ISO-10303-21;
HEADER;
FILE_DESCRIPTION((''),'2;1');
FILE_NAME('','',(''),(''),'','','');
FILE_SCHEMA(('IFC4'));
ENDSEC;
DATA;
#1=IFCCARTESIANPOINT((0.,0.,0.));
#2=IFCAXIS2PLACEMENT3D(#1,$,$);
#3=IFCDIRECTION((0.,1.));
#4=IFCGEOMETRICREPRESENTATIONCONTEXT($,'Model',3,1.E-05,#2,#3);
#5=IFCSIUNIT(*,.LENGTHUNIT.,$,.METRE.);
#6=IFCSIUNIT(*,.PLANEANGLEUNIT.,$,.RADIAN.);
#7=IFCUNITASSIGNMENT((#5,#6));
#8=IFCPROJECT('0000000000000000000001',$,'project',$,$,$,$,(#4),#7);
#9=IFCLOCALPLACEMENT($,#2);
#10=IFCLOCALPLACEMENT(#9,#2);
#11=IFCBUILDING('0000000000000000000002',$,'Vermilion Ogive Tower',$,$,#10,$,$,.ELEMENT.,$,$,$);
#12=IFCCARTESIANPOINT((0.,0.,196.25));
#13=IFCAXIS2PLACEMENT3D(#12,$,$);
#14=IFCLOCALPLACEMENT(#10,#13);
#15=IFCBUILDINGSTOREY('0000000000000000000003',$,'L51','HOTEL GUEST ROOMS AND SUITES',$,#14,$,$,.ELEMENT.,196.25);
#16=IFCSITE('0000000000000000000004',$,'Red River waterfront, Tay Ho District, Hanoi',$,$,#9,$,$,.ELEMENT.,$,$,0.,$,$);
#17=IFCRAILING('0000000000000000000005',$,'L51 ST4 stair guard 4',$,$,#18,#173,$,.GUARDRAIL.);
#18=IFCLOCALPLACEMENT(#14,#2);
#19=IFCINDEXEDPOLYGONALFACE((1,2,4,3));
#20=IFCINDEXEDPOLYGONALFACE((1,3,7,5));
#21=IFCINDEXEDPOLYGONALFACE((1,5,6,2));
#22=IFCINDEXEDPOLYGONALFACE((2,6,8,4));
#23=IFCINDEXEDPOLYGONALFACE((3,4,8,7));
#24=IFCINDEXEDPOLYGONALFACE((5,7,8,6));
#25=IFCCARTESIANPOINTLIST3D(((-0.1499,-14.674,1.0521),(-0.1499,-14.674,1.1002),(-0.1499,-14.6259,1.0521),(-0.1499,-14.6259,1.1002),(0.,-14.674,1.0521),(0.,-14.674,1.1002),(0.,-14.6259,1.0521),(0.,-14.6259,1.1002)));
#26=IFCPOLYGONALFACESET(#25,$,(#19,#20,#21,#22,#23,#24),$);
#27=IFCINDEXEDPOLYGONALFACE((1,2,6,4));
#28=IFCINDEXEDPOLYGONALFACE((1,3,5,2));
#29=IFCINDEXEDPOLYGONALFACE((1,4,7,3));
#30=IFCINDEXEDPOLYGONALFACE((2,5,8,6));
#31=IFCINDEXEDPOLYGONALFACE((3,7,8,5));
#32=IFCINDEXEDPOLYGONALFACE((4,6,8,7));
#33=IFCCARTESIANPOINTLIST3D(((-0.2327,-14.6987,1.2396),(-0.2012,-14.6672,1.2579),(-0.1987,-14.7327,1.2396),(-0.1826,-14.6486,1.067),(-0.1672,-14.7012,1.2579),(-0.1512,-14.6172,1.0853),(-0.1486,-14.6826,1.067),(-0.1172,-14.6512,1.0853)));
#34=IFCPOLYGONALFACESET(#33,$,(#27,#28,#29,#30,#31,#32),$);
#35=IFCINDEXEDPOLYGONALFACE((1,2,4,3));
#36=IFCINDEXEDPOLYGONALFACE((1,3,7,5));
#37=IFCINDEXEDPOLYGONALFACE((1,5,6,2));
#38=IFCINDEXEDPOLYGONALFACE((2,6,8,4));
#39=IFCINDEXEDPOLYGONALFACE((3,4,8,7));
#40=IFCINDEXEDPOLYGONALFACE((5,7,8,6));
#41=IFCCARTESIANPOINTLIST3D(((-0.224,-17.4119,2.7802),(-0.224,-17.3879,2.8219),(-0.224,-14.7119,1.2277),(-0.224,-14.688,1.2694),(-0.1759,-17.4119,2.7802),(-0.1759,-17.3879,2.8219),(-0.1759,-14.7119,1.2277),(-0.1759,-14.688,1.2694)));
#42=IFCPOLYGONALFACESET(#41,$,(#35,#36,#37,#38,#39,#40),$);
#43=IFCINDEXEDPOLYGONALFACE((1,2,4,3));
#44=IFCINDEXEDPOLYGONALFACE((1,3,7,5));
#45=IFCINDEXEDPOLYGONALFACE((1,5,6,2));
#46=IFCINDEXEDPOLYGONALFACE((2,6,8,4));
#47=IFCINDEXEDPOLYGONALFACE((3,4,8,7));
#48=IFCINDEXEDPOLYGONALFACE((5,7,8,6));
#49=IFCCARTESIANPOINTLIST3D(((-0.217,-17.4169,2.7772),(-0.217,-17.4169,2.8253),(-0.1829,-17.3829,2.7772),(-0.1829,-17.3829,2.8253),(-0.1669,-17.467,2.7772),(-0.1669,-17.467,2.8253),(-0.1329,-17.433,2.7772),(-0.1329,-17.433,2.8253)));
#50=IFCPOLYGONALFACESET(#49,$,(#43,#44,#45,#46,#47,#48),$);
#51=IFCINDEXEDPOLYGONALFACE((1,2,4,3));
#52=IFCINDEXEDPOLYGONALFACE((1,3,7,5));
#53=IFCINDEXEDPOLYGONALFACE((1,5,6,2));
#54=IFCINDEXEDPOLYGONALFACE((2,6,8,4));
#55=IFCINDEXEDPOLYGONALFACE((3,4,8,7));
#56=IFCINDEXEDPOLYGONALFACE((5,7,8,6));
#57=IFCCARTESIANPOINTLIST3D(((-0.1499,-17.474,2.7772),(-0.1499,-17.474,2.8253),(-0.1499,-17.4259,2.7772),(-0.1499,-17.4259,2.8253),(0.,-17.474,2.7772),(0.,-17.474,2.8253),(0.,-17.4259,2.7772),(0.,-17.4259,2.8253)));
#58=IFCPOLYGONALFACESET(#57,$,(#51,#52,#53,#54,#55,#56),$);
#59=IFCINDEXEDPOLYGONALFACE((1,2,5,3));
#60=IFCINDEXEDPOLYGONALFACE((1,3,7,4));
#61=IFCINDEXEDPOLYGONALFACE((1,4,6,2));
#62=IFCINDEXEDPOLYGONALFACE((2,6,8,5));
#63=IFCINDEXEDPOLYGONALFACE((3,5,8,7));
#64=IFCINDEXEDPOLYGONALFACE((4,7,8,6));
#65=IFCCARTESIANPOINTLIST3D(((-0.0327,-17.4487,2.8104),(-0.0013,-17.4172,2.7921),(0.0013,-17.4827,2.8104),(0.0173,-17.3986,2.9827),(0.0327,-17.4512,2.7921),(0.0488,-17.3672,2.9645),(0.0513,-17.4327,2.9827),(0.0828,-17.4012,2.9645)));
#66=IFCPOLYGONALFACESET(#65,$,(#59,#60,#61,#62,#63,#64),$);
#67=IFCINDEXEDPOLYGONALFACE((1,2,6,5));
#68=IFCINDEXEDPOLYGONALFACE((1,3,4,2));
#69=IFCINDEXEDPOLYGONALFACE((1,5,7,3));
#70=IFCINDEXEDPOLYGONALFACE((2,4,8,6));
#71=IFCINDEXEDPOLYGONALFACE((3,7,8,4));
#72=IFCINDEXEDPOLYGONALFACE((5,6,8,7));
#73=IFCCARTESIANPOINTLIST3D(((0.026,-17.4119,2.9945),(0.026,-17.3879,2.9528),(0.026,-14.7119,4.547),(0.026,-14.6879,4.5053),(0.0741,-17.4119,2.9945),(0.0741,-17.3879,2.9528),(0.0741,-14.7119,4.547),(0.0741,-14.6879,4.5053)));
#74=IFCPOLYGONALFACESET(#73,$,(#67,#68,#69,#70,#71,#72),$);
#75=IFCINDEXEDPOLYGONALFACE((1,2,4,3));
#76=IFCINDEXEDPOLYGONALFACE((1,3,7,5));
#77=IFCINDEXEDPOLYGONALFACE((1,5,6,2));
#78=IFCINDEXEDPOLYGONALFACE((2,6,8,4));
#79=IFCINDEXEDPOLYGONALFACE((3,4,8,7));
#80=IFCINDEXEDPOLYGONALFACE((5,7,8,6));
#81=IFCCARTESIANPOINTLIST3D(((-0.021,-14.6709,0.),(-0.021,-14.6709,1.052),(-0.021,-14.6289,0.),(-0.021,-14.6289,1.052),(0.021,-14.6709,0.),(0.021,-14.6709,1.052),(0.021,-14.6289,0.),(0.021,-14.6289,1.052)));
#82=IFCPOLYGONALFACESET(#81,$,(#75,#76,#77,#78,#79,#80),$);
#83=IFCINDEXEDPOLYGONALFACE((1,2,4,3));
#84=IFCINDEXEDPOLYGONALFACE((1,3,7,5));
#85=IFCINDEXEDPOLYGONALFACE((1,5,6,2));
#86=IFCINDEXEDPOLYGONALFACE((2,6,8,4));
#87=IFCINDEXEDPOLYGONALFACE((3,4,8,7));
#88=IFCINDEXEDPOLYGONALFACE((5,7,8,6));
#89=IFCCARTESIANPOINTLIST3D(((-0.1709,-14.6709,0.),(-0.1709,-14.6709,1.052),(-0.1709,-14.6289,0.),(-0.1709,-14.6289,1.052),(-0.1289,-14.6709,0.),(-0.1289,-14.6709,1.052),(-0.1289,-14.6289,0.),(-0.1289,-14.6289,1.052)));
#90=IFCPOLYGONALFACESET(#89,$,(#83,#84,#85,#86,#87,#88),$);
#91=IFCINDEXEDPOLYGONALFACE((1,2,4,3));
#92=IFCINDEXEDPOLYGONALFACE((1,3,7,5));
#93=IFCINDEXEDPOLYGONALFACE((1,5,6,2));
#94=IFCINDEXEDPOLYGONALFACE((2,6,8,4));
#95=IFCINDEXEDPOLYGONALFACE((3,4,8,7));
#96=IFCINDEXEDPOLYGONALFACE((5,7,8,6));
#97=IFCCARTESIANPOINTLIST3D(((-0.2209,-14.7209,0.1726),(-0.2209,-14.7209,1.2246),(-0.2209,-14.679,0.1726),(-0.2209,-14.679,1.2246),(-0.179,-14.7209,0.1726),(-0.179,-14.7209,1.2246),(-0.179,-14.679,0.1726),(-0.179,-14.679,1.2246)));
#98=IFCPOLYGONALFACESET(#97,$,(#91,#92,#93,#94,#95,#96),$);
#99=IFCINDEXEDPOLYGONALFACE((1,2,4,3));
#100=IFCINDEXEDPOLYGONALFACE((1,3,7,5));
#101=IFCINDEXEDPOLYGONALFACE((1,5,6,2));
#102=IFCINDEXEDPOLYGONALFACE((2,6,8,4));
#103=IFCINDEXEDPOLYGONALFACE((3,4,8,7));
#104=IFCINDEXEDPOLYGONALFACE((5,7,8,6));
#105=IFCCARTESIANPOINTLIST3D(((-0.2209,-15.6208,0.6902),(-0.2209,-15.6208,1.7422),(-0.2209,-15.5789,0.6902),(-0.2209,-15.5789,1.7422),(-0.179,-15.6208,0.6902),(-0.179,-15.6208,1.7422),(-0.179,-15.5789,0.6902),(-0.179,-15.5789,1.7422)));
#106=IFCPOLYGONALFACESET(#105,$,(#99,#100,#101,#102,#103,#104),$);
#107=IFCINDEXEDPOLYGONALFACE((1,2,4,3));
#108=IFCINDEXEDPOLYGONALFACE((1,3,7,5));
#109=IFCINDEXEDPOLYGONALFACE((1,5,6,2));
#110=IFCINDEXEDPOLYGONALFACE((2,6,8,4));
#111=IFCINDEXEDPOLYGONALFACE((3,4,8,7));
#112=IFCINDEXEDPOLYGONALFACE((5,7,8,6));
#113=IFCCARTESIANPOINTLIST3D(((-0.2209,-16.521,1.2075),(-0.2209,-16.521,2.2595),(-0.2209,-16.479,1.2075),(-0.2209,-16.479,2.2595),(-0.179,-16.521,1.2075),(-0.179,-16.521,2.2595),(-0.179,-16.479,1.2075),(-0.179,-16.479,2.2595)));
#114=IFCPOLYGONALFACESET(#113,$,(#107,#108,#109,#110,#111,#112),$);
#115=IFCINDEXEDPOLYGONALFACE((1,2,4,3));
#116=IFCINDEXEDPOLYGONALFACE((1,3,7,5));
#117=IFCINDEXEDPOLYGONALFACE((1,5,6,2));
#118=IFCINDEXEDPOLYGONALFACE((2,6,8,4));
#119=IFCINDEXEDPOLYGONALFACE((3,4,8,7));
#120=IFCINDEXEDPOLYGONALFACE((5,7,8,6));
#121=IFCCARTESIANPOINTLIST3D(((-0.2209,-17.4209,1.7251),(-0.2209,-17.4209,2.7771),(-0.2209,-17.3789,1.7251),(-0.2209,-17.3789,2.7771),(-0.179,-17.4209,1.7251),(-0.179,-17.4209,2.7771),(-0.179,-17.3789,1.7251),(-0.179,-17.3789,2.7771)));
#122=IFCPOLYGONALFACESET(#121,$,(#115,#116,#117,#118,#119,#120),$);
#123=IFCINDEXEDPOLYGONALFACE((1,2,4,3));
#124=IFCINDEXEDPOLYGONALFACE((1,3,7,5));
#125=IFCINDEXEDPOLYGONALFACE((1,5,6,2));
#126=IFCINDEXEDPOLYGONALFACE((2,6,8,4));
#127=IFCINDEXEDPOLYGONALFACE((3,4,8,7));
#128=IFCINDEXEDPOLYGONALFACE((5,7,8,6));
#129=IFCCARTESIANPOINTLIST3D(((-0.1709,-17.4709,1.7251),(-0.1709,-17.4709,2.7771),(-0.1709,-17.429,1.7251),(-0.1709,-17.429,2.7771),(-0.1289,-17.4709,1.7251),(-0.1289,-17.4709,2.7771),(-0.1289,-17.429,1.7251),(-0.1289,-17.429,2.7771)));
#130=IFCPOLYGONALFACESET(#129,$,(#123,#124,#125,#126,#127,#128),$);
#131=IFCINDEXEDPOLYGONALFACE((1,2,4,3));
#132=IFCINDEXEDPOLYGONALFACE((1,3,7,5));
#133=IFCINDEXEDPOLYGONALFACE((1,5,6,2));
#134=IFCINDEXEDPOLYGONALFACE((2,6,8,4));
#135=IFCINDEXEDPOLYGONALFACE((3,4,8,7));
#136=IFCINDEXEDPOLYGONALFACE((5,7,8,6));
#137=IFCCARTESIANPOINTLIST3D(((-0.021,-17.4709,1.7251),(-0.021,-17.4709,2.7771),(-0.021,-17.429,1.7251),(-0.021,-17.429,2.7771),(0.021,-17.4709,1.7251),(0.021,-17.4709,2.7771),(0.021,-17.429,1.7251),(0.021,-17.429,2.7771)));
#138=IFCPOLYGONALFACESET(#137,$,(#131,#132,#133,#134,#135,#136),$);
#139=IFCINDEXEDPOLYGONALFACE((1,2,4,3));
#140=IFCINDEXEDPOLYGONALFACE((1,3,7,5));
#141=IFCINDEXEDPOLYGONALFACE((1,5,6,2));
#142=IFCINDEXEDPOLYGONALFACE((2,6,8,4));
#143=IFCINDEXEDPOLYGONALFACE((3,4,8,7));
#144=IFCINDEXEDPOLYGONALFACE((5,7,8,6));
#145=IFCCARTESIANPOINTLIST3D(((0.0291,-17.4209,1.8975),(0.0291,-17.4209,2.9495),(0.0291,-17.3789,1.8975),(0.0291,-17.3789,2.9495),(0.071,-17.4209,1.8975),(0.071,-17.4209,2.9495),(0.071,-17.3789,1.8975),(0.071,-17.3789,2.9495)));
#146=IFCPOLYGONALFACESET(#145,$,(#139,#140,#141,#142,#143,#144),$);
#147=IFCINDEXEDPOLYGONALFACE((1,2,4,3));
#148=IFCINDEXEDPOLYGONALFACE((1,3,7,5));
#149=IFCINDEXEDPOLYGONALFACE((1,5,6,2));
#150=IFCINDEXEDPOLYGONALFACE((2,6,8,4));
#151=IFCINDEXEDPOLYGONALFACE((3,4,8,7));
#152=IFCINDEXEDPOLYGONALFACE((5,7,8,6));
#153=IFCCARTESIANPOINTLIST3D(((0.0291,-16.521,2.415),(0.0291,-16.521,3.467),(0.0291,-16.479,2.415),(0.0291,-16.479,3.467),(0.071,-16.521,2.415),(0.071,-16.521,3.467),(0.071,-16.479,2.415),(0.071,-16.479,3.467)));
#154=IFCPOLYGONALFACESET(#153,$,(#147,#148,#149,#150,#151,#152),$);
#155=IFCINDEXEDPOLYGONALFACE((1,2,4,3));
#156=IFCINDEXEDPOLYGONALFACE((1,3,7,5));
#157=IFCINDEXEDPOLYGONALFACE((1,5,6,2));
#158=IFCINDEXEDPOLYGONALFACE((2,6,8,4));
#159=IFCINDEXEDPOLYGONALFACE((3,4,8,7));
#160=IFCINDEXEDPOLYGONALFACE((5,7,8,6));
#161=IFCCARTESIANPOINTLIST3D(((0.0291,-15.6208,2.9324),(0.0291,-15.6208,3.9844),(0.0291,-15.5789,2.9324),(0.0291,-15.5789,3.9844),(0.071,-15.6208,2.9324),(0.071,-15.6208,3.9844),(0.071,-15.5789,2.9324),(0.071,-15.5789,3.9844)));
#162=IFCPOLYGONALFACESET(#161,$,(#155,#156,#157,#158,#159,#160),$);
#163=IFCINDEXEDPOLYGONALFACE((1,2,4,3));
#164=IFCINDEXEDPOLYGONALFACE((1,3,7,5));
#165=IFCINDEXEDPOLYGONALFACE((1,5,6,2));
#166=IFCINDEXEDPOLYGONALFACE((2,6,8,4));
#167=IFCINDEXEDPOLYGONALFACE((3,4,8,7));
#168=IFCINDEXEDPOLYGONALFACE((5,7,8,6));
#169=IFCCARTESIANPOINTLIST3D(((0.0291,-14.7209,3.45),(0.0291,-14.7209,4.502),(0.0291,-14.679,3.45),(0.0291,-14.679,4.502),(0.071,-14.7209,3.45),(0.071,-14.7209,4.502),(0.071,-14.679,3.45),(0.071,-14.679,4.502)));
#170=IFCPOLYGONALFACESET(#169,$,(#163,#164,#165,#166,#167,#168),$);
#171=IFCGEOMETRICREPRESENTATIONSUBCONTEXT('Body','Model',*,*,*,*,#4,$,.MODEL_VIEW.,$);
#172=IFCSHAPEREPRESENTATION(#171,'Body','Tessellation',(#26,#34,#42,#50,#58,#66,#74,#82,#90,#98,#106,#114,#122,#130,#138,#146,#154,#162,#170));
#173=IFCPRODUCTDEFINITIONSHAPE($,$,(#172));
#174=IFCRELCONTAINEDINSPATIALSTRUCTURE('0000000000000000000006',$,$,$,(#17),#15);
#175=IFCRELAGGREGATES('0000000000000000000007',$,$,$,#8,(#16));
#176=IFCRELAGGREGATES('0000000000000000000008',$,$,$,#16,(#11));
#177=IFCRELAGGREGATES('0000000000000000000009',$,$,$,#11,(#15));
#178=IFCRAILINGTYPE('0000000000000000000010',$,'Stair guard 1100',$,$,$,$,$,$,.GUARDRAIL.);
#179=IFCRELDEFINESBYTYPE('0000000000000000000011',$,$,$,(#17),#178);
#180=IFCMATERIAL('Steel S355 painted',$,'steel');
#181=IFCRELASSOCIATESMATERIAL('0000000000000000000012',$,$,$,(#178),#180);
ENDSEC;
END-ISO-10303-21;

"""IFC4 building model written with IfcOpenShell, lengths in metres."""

from ifc_helpers import new_model, si_unit, direction, frame, origin, origin_2d, place, context, subcontext, project, spatial, rectangle, extrude, material, type_object, element, save


model = new_model("IFC4")

# Units and contexts
model_context = context("Model", 3, precision=1e-05, world=origin(), true_north=direction((0.0, 1.0)))
body_context = subcontext(model_context, "Body", "Model", "MODEL_VIEW")
ifc_project = project(units=[si_unit("LENGTHUNIT", "METRE"), si_unit("PLANEANGLEUNIT", "RADIAN")], contexts=[model_context])

# Site, building, storey
site_placement = place(None, origin())
site = spatial("IfcSite", under=ifc_project, at=site_placement, Name="Red River waterfront, Tay Ho District, Hanoi", CompositionType="ELEMENT", RefElevation=0.0)
building_placement = place(site_placement, origin())
building = spatial("IfcBuilding", under=site, at=building_placement, Name="Vermilion Ogive Tower", CompositionType="ELEMENT")
storey_placement = place(building_placement, frame((0.0, 0.0, 196.25)))
storey = spatial("IfcBuildingStorey", under=building, at=storey_placement, Name="L51", Description="HOTEL GUEST ROOMS AND SUITES", CompositionType="ELEMENT", Elevation=196.25)

# Railing
ifc_material_1 = material(Name="Steel S355 painted", Category="steel")
railing_type_1 = type_object("IfcRailingType", Name="Stair guard 1100", PredefinedType="GUARDRAIL", material=ifc_material_1)
railing_1_placement = place(storey_placement, frame((0.0, -14.6499, 0.0)))
element("IfcRailing", 1, at=railing_1_placement, inside=storey, type_object=railing_type_1, Name="L51 ST4 stair guard 4", PredefinedType="GUARDRAIL", context=body_context, shape_type="SweptSolid", body=[
    extrude(rectangle(XDim=0.0481, YDim=0.0481, at=origin_2d()), frame((0.0, 0.0, 1.0762), z_axis=(-1.0, 0.0, 0.0), x_axis=(0.0, -1.0, 0.0)), (0.0, 0.0, 1.0), 0.1499),
    extrude(rectangle(XDim=0.0481, YDim=0.0481, at=origin_2d()), frame((-0.1499, 0.0, 1.0762), z_axis=(-0.268278, -0.268278, 0.925232), x_axis=(0.707107, -0.707107, 0.0)), (0.0, 0.0, 1.0), 0.1865),
    extrude(rectangle(XDim=0.0481, YDim=0.0481, at=origin_2d()), frame((-0.2, -0.05, 1.2485), z_axis=(0.0, -0.866904, 0.498476), x_axis=(1.0, 0.0, 0.0)), (0.0, 0.0, 1.0), 3.1145),
    extrude(rectangle(XDim=0.0481, YDim=0.0481, at=origin_2d()), frame((-0.2, -2.75, 2.8013), z_axis=(0.707107, -0.707107, 0.0), x_axis=(0.707107, 0.707107, 0.0)), (0.0, 0.0, 1.0), 0.0708),
    extrude(rectangle(XDim=0.0481, YDim=0.0481, at=origin_2d()), frame((-0.1499, -2.8, 2.8013), z_axis=(1.0, 0.0, 0.0), x_axis=(0.0, 1.0, 0.0)), (0.0, 0.0, 1.0), 0.1499),
    extrude(rectangle(XDim=0.0481, YDim=0.0481, at=origin_2d()), frame((0.0, -2.8, 2.8013), z_axis=(0.268603, 0.268603, 0.925043), x_axis=(-0.707107, 0.707107, 0.0)), (0.0, 0.0, 1.0), 0.1863),
    extrude(rectangle(XDim=0.0481, YDim=0.0481, at=origin_2d()), frame((0.05, -2.75, 2.9736), z_axis=(0.0, 0.866904, 0.498476), x_axis=(-1.0, 0.0, 0.0)), (0.0, 0.0, 1.0), 3.1145),
    extrude(rectangle(XDim=0.042, YDim=0.042, at=origin_2d()), origin(), (0.0, 0.0, 1.0), 1.052),
    extrude(rectangle(XDim=0.042, YDim=0.042, at=origin_2d()), frame((-0.1499, 0.0, 0.0)), (0.0, 0.0, 1.0), 1.052),
    extrude(rectangle(XDim=0.042, YDim=0.042, at=origin_2d()), frame((-0.2, -0.05, 0.1726)), (0.0, 0.0, 1.0), 1.052),
    extrude(rectangle(XDim=0.042, YDim=0.042, at=origin_2d()), frame((-0.2, -0.95, 0.6902)), (0.0, 0.0, 1.0), 1.052),
    extrude(rectangle(XDim=0.042, YDim=0.042, at=origin_2d()), frame((-0.2, -1.8501, 1.2075)), (0.0, 0.0, 1.0), 1.052),
    extrude(rectangle(XDim=0.042, YDim=0.042, at=origin_2d()), frame((-0.2, -2.75, 1.7251)), (0.0, 0.0, 1.0), 1.052),
    extrude(rectangle(XDim=0.042, YDim=0.042, at=origin_2d()), frame((-0.1499, -2.8, 1.7251)), (0.0, 0.0, 1.0), 1.052),
    extrude(rectangle(XDim=0.042, YDim=0.042, at=origin_2d()), frame((0.0, -2.8, 1.7251)), (0.0, 0.0, 1.0), 1.052),
    extrude(rectangle(XDim=0.042, YDim=0.042, at=origin_2d()), frame((0.05, -2.75, 1.8975)), (0.0, 0.0, 1.0), 1.052),
    extrude(rectangle(XDim=0.042, YDim=0.042, at=origin_2d()), frame((0.05, -1.8501, 2.415)), (0.0, 0.0, 1.0), 1.052),
    extrude(rectangle(XDim=0.042, YDim=0.042, at=origin_2d()), frame((0.05, -0.95, 2.9324)), (0.0, 0.0, 1.0), 1.052),
    extrude(rectangle(XDim=0.042, YDim=0.042, at=origin_2d()), frame((0.05, -0.05, 3.45)), (0.0, 0.0, 1.0), 1.052),
])

save(model, "model.ifc")
